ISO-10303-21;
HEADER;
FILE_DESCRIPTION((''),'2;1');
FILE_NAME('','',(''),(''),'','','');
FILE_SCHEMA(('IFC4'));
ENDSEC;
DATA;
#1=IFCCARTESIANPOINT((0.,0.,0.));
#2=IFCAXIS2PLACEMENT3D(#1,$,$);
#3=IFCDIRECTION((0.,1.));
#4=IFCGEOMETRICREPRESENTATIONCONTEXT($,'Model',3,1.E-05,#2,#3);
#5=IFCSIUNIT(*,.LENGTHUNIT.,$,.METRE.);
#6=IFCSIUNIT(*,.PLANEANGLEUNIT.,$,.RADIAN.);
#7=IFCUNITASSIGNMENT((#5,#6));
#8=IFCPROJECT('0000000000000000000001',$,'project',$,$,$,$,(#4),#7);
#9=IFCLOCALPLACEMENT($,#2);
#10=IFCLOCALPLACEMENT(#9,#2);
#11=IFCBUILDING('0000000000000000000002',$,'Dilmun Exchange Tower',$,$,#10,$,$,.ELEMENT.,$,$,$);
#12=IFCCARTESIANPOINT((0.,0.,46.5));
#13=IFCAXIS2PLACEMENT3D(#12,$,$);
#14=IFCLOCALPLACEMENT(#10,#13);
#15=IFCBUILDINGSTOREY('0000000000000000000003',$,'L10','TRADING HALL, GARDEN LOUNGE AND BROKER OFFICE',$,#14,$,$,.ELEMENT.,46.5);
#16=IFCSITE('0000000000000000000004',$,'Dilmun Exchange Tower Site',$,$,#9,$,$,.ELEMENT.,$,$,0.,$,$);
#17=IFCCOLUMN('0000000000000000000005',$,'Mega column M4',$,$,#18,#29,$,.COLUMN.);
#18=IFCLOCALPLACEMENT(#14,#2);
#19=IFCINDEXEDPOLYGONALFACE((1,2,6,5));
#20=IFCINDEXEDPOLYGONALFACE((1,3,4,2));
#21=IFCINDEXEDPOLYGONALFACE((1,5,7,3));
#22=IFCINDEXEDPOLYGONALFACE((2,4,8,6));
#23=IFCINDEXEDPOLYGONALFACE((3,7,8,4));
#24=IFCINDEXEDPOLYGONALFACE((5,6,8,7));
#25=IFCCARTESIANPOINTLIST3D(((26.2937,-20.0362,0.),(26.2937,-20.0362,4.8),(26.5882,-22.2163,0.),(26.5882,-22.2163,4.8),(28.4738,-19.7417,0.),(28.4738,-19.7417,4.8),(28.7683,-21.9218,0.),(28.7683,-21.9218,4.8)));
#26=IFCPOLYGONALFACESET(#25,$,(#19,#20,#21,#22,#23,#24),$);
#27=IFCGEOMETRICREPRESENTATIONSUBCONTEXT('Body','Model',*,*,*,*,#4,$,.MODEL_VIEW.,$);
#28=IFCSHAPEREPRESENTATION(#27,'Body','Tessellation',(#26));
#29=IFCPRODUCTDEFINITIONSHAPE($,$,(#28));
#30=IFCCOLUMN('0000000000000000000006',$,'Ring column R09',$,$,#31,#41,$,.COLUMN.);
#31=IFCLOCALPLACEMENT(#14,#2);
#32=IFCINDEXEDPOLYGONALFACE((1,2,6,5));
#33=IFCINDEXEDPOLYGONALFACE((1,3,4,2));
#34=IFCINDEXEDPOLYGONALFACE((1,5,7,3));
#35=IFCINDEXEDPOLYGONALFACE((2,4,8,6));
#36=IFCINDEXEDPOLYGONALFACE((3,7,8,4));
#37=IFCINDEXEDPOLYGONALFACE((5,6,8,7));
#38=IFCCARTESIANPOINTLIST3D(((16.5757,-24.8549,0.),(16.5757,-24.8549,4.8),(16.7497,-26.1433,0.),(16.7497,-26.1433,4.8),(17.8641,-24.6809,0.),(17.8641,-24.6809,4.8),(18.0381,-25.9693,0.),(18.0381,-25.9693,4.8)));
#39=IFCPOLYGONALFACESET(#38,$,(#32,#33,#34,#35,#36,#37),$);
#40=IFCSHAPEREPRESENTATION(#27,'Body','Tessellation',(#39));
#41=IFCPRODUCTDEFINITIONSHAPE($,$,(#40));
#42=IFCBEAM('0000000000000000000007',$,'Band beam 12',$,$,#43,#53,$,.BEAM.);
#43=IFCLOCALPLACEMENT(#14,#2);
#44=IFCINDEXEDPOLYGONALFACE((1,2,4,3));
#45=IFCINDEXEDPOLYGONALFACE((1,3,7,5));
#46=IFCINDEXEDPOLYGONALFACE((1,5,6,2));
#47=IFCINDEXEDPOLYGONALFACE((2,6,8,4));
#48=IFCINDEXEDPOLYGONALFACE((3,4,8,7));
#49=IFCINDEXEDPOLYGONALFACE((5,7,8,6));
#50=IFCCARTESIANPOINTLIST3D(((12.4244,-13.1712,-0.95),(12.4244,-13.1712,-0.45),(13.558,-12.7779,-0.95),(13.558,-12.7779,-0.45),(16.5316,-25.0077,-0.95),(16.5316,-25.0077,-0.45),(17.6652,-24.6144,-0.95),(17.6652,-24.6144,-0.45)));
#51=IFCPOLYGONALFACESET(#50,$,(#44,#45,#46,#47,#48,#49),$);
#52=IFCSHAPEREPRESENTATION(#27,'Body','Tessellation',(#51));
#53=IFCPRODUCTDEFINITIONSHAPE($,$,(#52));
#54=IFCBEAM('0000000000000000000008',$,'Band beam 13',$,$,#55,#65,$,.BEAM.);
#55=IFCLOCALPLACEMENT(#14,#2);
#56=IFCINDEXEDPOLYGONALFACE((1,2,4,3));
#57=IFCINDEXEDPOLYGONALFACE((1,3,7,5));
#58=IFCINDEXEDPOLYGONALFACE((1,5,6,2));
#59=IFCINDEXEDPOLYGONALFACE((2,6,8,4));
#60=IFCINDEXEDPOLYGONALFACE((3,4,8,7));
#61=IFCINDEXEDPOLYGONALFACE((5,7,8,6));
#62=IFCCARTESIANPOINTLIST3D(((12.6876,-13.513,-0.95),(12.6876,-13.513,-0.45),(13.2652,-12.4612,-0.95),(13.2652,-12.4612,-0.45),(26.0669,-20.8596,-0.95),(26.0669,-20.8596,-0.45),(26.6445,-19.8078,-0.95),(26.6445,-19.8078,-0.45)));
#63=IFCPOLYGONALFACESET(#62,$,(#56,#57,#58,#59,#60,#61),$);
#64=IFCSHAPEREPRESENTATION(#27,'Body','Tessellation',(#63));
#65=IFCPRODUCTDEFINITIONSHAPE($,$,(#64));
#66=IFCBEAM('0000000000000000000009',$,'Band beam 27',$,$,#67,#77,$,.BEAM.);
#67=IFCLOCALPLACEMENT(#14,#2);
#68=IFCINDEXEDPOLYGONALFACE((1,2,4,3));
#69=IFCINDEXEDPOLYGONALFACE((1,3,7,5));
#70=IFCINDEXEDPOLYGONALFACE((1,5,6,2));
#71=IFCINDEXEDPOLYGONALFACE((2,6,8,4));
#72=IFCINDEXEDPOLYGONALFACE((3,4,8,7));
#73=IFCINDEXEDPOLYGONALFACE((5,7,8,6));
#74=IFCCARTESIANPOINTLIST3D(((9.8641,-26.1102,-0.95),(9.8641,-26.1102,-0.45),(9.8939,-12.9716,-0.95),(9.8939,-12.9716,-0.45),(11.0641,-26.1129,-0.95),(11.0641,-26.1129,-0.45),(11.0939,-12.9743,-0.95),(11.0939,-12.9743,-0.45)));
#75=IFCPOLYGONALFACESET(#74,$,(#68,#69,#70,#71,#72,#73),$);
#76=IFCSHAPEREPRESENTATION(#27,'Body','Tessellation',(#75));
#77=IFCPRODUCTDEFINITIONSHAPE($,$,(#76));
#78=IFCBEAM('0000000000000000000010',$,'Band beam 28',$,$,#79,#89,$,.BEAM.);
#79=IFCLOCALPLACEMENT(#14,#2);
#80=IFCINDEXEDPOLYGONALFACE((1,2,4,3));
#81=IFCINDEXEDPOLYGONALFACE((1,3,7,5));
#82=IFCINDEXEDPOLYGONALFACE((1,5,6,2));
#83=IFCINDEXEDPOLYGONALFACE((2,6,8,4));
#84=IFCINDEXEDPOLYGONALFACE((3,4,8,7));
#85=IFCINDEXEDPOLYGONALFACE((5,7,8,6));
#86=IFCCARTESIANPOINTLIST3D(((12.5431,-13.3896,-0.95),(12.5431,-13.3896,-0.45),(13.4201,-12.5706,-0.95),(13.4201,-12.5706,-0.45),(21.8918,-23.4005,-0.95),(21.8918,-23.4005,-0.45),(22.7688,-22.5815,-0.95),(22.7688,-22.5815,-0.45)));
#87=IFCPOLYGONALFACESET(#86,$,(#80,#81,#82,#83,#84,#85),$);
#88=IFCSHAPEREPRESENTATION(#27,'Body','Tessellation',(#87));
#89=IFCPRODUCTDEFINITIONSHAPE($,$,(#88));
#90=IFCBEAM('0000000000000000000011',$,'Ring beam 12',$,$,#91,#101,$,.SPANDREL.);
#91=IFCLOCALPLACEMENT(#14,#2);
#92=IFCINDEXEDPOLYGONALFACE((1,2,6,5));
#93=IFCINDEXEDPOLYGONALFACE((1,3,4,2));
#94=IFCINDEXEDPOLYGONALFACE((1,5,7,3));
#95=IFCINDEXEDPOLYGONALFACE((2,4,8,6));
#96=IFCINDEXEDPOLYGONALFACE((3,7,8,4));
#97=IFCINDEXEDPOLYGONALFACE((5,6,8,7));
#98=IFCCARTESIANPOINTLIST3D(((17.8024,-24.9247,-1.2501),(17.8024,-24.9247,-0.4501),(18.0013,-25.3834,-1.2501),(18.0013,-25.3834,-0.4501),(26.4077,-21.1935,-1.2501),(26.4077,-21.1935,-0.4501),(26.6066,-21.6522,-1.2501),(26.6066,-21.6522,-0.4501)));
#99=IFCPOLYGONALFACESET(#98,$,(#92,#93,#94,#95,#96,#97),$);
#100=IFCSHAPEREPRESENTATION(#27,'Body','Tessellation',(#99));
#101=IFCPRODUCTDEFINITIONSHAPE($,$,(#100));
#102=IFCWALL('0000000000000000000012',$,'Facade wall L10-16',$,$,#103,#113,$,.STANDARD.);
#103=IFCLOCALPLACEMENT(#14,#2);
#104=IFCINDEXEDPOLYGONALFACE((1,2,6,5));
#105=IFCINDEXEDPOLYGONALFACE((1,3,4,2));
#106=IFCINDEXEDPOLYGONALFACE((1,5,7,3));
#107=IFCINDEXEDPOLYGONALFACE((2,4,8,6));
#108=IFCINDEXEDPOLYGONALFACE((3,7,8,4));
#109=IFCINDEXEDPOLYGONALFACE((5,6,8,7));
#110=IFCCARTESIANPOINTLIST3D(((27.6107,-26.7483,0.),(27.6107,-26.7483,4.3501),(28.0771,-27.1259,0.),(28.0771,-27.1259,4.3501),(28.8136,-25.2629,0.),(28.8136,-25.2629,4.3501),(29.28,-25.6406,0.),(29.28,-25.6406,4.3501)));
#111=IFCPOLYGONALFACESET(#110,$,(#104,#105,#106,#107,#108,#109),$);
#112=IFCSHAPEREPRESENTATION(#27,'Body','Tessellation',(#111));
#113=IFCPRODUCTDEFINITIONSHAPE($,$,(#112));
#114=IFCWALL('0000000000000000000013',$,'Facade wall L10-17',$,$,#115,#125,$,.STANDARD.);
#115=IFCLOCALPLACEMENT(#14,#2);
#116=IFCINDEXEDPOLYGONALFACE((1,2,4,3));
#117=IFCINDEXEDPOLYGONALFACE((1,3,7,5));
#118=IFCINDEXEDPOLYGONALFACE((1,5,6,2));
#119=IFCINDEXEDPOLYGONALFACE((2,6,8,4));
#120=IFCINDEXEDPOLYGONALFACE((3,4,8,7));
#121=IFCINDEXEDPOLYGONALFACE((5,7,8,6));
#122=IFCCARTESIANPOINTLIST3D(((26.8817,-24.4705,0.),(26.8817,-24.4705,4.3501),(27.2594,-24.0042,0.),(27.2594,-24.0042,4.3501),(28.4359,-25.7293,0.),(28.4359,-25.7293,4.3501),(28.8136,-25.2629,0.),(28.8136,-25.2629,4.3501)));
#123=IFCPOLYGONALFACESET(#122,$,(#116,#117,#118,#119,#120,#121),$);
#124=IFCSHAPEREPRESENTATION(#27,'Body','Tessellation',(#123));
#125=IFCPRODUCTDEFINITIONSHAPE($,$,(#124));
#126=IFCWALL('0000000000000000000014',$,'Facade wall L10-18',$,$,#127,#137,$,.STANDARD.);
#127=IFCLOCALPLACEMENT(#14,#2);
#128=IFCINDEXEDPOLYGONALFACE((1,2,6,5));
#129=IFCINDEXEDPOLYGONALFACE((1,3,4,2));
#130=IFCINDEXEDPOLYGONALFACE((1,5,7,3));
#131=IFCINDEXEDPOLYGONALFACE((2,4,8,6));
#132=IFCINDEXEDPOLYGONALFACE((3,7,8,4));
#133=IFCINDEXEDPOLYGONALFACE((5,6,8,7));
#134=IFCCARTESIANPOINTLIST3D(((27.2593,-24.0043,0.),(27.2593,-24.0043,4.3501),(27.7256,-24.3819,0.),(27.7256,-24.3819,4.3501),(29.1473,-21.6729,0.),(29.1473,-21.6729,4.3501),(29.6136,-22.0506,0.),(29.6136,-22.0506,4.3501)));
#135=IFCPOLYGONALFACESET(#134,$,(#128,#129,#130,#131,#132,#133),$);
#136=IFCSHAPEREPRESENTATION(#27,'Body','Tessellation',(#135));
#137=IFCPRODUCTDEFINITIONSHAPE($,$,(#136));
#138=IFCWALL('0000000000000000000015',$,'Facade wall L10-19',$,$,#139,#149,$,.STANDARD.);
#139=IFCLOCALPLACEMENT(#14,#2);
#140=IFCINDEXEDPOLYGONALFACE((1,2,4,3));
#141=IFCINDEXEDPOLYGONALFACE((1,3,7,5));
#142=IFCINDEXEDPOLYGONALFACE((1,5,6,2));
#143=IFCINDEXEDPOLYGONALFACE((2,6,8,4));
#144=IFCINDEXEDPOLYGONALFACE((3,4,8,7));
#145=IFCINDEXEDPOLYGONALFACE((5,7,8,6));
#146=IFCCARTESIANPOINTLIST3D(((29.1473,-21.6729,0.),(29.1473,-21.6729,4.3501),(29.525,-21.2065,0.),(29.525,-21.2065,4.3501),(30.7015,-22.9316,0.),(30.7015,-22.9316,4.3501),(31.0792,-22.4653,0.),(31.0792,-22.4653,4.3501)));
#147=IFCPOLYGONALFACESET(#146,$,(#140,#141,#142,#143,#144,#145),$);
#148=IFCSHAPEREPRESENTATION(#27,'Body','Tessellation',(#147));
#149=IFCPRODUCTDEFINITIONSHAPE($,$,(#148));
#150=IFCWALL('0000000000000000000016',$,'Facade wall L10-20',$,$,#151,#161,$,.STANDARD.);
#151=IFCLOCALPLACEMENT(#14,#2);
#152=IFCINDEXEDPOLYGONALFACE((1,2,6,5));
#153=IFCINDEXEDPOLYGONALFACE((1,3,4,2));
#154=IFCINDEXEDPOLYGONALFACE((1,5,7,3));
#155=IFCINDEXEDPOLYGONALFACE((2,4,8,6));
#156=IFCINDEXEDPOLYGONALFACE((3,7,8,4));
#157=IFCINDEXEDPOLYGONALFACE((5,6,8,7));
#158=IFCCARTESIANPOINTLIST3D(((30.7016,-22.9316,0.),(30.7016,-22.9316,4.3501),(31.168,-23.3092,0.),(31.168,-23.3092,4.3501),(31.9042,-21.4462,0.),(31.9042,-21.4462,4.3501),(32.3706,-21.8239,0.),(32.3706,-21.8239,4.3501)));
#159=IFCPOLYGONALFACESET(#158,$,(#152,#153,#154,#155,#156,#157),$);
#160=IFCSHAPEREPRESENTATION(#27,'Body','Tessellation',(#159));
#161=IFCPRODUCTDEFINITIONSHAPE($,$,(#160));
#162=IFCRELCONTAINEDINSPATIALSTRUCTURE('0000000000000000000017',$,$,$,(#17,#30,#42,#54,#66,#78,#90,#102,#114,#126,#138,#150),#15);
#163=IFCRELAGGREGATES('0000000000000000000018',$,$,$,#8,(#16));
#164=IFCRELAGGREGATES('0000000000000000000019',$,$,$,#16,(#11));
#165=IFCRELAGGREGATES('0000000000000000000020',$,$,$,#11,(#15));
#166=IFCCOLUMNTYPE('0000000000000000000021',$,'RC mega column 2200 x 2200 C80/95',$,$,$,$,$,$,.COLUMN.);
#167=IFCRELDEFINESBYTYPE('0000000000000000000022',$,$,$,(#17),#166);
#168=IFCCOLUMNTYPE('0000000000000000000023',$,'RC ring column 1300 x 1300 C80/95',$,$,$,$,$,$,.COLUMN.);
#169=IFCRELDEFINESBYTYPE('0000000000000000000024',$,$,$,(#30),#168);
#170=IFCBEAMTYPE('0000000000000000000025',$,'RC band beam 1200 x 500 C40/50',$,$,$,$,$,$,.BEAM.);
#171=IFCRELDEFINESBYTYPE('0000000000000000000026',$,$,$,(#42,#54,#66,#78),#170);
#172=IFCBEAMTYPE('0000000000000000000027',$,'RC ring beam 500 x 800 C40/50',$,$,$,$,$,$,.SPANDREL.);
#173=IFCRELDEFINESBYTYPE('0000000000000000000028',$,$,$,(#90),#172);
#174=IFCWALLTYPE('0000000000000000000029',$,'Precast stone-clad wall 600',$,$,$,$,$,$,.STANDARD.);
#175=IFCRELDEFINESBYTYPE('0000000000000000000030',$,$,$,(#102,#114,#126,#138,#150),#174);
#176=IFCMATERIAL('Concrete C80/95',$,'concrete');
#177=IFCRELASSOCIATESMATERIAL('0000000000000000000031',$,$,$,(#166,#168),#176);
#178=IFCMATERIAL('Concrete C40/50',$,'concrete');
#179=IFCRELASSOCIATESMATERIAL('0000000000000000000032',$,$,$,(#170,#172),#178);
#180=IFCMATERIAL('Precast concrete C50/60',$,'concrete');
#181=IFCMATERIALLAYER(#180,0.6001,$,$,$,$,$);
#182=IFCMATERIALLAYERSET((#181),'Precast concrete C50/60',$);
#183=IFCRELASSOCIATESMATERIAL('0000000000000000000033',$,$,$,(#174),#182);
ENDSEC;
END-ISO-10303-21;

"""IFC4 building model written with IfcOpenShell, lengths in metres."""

from ifc_helpers import new_model, si_unit, direction, frame, frame_2d, origin, origin_2d, place, context, subcontext, project, spatial, rectangle, extrude, material, layer, layer_set, material_profile, profile_set, type_object, element, save


model = new_model("IFC4")

# Units and contexts
model_context = context("Model", 3, precision=1e-05, world=origin(), true_north=direction((0.0, 1.0)))
body_context = subcontext(model_context, "Body", "Model", "MODEL_VIEW")
ifc_project = project(units=[si_unit("LENGTHUNIT", "METRE"), si_unit("PLANEANGLEUNIT", "RADIAN")], contexts=[model_context])

# Site, building, storey
site_placement = place(None, origin())
site = spatial("IfcSite", under=ifc_project, at=site_placement, Name="Dilmun Exchange Tower Site", CompositionType="ELEMENT", RefElevation=0.0)
building_placement = place(site_placement, origin())
building = spatial("IfcBuilding", under=site, at=building_placement, Name="Dilmun Exchange Tower", CompositionType="ELEMENT")
storey_placement = place(building_placement, frame((0.0, 0.0, 46.5)))
storey = spatial("IfcBuildingStorey", under=building, at=storey_placement, Name="L10", Description="TRADING HALL, GARDEN LOUNGE AND BROKER OFFICE", CompositionType="ELEMENT", Elevation=46.5)

# Columns
ifc_material_1 = material(Name="Concrete C80/95", Category="concrete")
ifc_material_profile_1 = material_profile(ifc_material_1, rectangle(XDim=2.2, YDim=2.2, at=origin_2d()), Name="2200 x 2200")
ifc_profile_set_1 = profile_set([ifc_material_profile_1], Name="Concrete C80/95")
column_type_1 = type_object("IfcColumnType", Name="RC mega column 2200 x 2200 C80/95", PredefinedType="COLUMN", material=ifc_profile_set_1)
column_1_placement = place(storey_placement, frame((27.531, -20.979, 0.0), z_axis=(0.0, 0.0, 1.0), x_axis=(0.991001, 0.133853, 0.0)))
element("IfcColumn", 1, at=column_1_placement, inside=storey, type_object=column_type_1, Name="Mega column M4", PredefinedType="COLUMN", context=body_context, shape_type="SweptSolid", body=[
    extrude(rectangle(XDim=2.2, YDim=2.2, at=origin_2d()), origin(), (0.0, 0.0, 1.0), 4.8),
])
ifc_material_profile_2 = material_profile(ifc_material_1, rectangle(XDim=1.3, YDim=1.3, at=origin_2d()), Name="1300 x 1300")
ifc_profile_set_2 = profile_set([ifc_material_profile_2], Name="Concrete C80/95")
column_type_2 = type_object("IfcColumnType", Name="RC ring column 1300 x 1300 C80/95", PredefinedType="COLUMN", material=ifc_profile_set_2)
column_2_placement = place(storey_placement, frame((17.3069, -25.4121, 0.0), z_axis=(0.0, 0.0, 1.0), x_axis=(0.991001, 0.133853, 0.0)))
element("IfcColumn", 2, at=column_2_placement, inside=storey, type_object=column_type_2, Name="Ring column R09", PredefinedType="COLUMN", context=body_context, shape_type="SweptSolid", body=[
    extrude(rectangle(XDim=1.3, YDim=1.3, at=origin_2d()), origin(), (0.0, 0.0, 1.0), 4.8),
])

# Beams
ifc_material_2 = material(Name="Concrete C40/50", Category="concrete")
ifc_material_profile_3 = material_profile(ifc_material_2, rectangle(XDim=1.2, YDim=0.5, at=origin_2d()), Name="1200 x 500")
ifc_profile_set_3 = profile_set([ifc_material_profile_3], Name="Concrete C40/50")
beam_type_1 = type_object("IfcBeamType", Name="RC band beam 1200 x 500 C40/50", PredefinedType="BEAM", material=ifc_profile_set_3)
beam_1_placement = place(storey_placement, frame((17.0984, -24.811, -0.7), z_axis=(-0.32782, 0.94474, 0.0), x_axis=(-0.94474, -0.32782, 0.0)))
element("IfcBeam", 3, at=beam_1_placement, inside=storey, type_object=beam_type_1, Name="Band beam 12", PredefinedType="BEAM", context=body_context, shape_type="SweptSolid", body=[
    extrude(rectangle(XDim=1.2, YDim=0.5, at=origin_2d()), origin(), (0.0, 0.0, 1.0), 12.5288),
])
beam_2_placement = place(storey_placement, frame((26.3557, -20.3337, -0.7), z_axis=(-0.876547, 0.481316, 0.0), x_axis=(-0.481316, -0.876547, 0.0)))
element("IfcBeam", 4, at=beam_2_placement, inside=storey, type_object=beam_type_1, Name="Band beam 13", PredefinedType="BEAM", context=body_context, shape_type="SweptSolid", body=[
    extrude(rectangle(XDim=1.2, YDim=0.5, at=origin_2d()), origin(), (0.0, 0.0, 1.0), 15.2637),
])
beam_3_placement = place(storey_placement, frame((10.4641, -26.1116, -0.7), z_axis=(0.002267, 0.999997, 0.0), x_axis=(-0.999997, 0.002267, 0.0)))
element("IfcBeam", 5, at=beam_3_placement, inside=storey, type_object=beam_type_1, Name="Band beam 27", PredefinedType="BEAM", context=body_context, shape_type="SweptSolid", body=[
    extrude(rectangle(XDim=1.2, YDim=0.5, at=origin_2d()), origin(), (0.0, 0.0, 1.0), 13.1387),
])
beam_4_placement = place(storey_placement, frame((22.3303, -22.991, -0.7), z_axis=(-0.682524, 0.730863, 0.0), x_axis=(-0.730863, -0.682524, 0.0)))
element("IfcBeam", 6, at=beam_4_placement, inside=storey, type_object=beam_type_1, Name="Band beam 28", PredefinedType="BEAM", context=body_context, shape_type="SweptSolid", body=[
    extrude(rectangle(XDim=1.2, YDim=0.5, at=origin_2d()), origin(), (0.0, 0.0, 1.0), 13.6973),
])
ifc_material_profile_4 = material_profile(ifc_material_2, rectangle(XDim=0.5, YDim=0.8, at=origin_2d()), Name="500 x 800")
ifc_profile_set_4 = profile_set([ifc_material_profile_4], Name="Concrete C40/50")
beam_type_2 = type_object("IfcBeamType", Name="RC ring beam 500 x 800 C40/50", PredefinedType="SPANDREL", material=ifc_profile_set_4)
beam_5_placement = place(storey_placement, frame((17.9019, -25.1541, -0.8501), z_axis=(0.917467, 0.397811, 0.0), x_axis=(-0.397811, 0.917467, 0.0)))
element("IfcBeam", 7, at=beam_5_placement, inside=storey, type_object=beam_type_2, Name="Ring beam 12", PredefinedType="SPANDREL", context=body_context, shape_type="SweptSolid", body=[
    extrude(rectangle(XDim=0.5, YDim=0.8, at=origin_2d()), origin(), (0.0, 0.0, 1.0), 9.3794),
])

# Walls
ifc_material_3 = material(Name="Precast concrete C50/60", Category="concrete")
ifc_layer = layer(ifc_material_3, 0.6001)
ifc_layer_set = layer_set([ifc_layer], Name="Precast concrete C50/60")
wall_type = type_object("IfcWallType", Name="Precast stone-clad wall 600", PredefinedType="STANDARD", material=ifc_layer_set)
wall_1_placement = place(storey_placement, frame((27.844, -26.937, 0.0), z_axis=(0.0, 0.0, 1.0), x_axis=(0.629342, 0.777129, 0.0)))
element("IfcWall", 8, at=wall_1_placement, inside=storey, type_object=wall_type, Name="Facade wall L10-16", PredefinedType="STANDARD", context=body_context, shape_type="SweptSolid", body=[
    extrude(rectangle(XDim=1.9114, YDim=0.6001, at=frame_2d((0.9556, 0.0))), origin(), (0.0, 0.0, 1.0), 4.3501),
])
wall_2_placement = place(storey_placement, frame((28.6248, -25.4961, 0.0), z_axis=(0.0, 0.0, 1.0), x_axis=(-0.777091, 0.629388, 0.0)))
element("IfcWall", 9, at=wall_2_placement, inside=storey, type_object=wall_type, Name="Facade wall L10-17", PredefinedType="STANDARD", context=body_context, shape_type="SweptSolid", body=[
    extrude(rectangle(XDim=2.0, YDim=0.6001, at=frame_2d((1.0, 0.0))), origin(), (0.0, 0.0, 1.0), 4.3501),
])
wall_3_placement = place(storey_placement, frame((27.4924, -24.1931, 0.0), z_axis=(0.0, 0.0, 1.0), x_axis=(0.629339, 0.777131, 0.0)))
element("IfcWall", 10, at=wall_3_placement, inside=storey, type_object=wall_type, Name="Facade wall L10-18", PredefinedType="STANDARD", context=body_context, shape_type="SweptSolid", body=[
    extrude(rectangle(XDim=3.0, YDim=0.6001, at=frame_2d((1.5, 0.0))), origin(), (0.0, 0.0, 1.0), 4.3501),
])
wall_4_placement = place(storey_placement, frame((29.3362, -21.4397, 0.0), z_axis=(0.0, 0.0, 1.0), x_axis=(0.777091, -0.629388, 0.0)))
element("IfcWall", 11, at=wall_4_placement, inside=storey, type_object=wall_type, Name="Facade wall L10-19", PredefinedType="STANDARD", context=body_context, shape_type="SweptSolid", body=[
    extrude(rectangle(XDim=2.0, YDim=0.6001, at=frame_2d((1.0, 0.0))), origin(), (0.0, 0.0, 1.0), 4.3501),
])
wall_5_placement = place(storey_placement, frame((30.9348, -23.1204, 0.0), z_axis=(0.0, 0.0, 1.0), x_axis=(0.629264, 0.777191, 0.0)))
element("IfcWall", 12, at=wall_5_placement, inside=storey, type_object=wall_type, Name="Facade wall L10-20", PredefinedType="STANDARD", context=body_context, shape_type="SweptSolid", body=[
    extrude(rectangle(XDim=1.9111, YDim=0.6001, at=frame_2d((0.9556, 0.0))), origin(), (0.0, 0.0, 1.0), 4.3501),
])

save(model, "model.ifc")
